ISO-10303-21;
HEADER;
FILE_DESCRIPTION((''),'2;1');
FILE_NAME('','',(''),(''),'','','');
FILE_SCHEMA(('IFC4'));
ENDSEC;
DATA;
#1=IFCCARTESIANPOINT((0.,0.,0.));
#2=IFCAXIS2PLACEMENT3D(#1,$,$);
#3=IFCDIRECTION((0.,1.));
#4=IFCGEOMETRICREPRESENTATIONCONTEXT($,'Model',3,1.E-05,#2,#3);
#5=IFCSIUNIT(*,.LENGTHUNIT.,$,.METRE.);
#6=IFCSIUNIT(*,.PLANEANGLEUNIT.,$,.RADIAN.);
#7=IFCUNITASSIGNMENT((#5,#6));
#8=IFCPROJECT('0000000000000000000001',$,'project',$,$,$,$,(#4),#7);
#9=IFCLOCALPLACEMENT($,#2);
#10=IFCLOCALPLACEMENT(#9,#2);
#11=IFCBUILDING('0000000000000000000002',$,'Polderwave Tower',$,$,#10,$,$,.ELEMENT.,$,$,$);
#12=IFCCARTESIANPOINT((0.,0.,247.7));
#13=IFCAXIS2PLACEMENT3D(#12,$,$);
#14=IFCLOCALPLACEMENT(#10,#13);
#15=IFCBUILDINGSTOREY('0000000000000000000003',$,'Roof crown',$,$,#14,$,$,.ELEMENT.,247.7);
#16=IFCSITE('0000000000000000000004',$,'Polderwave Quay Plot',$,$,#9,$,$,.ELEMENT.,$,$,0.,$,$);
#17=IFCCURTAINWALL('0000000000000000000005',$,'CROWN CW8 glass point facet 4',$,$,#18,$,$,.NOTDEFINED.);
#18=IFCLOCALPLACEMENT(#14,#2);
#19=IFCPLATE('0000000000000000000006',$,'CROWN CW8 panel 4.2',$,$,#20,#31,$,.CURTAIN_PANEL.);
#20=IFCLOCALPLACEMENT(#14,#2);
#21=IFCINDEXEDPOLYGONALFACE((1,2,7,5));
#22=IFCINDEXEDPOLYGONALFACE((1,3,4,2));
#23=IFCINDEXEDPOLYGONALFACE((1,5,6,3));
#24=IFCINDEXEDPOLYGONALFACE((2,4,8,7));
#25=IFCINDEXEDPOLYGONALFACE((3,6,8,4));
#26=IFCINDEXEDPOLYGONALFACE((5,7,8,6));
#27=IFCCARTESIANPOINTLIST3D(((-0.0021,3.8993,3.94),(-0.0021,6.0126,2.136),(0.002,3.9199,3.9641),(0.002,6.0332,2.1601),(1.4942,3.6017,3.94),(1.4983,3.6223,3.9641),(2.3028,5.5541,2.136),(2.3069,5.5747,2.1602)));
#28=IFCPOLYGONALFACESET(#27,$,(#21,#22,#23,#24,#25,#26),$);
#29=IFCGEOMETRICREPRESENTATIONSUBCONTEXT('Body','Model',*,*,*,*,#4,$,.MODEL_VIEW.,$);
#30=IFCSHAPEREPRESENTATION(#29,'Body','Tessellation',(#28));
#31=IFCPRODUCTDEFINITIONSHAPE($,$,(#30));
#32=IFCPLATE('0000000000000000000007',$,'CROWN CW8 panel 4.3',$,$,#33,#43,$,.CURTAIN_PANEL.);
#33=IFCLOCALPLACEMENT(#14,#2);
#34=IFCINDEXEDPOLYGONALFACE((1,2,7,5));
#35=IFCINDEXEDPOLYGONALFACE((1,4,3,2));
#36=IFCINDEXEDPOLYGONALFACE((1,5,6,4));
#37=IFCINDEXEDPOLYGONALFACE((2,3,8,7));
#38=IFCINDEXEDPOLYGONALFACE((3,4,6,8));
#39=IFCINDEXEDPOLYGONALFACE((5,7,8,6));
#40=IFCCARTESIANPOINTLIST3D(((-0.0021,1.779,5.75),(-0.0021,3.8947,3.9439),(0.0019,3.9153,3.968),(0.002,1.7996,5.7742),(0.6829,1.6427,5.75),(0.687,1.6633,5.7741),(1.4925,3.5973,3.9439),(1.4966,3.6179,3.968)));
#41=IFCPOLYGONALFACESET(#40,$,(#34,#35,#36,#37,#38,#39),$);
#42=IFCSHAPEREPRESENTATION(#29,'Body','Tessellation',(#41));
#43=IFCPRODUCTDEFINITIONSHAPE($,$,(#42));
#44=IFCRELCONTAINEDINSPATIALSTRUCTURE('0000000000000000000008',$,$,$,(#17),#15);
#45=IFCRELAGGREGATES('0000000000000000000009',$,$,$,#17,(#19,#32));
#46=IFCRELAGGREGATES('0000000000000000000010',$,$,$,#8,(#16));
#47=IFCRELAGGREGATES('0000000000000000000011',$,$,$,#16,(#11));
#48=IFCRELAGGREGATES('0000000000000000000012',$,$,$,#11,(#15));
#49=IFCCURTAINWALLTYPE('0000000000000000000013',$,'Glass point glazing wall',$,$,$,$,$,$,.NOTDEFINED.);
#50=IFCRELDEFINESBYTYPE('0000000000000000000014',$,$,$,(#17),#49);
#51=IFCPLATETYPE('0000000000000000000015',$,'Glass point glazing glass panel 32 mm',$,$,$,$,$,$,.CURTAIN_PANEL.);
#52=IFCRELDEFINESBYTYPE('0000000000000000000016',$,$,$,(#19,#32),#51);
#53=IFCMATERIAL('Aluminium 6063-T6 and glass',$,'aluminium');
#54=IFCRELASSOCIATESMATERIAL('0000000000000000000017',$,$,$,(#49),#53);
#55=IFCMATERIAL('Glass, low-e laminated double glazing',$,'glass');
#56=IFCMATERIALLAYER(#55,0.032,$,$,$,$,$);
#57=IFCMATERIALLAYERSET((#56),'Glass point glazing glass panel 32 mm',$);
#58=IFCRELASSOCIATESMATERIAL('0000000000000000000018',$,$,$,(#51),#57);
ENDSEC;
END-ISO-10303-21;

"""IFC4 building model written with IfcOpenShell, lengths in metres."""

from ifc_helpers import new_model, si_unit, direction, frame, origin, place, context, subcontext, project, spatial, polyline, outline, extrude, material, layer, layer_set, type_object, element, aggregate, save


model = new_model("IFC4")

# Units and contexts
model_context = context("Model", 3, precision=1e-05, world=origin(), true_north=direction((0.0, 1.0)))
body_context = subcontext(model_context, "Body", "Model", "MODEL_VIEW")
ifc_project = project(units=[si_unit("LENGTHUNIT", "METRE"), si_unit("PLANEANGLEUNIT", "RADIAN")], contexts=[model_context])

# Site, building, storey
site_placement = place(None, origin())
site = spatial("IfcSite", under=ifc_project, at=site_placement, Name="Polderwave Quay Plot", CompositionType="ELEMENT", RefElevation=0.0)
building_placement = place(site_placement, origin())
building = spatial("IfcBuilding", under=site, at=building_placement, Name="Polderwave Tower", CompositionType="ELEMENT")
storey_placement = place(building_placement, frame((0.0, 0.0, 247.7)))
storey = spatial("IfcBuildingStorey", under=building, at=storey_placement, Name="Roof crown", CompositionType="ELEMENT", Elevation=247.7)

# Curtain wall
ifc_material_1 = material(Name="Aluminium 6063-T6 and glass", Category="aluminium")
curtain_wall_type = type_object("IfcCurtainWallType", Name="Glass point glazing wall", PredefinedType="NOTDEFINED", material=ifc_material_1)
curtain_wall_1_placement = place(storey_placement, origin())
curtain_wall_1 = element("IfcCurtainWall", 1, at=curtain_wall_1_placement, inside=storey, type_object=curtain_wall_type, Name="CROWN CW8 glass point facet 4", PredefinedType="NOTDEFINED")

# Plates
ifc_material_2 = material(Name="Glass, low-e laminated double glazing", Category="glass")
ifc_layer_1 = layer(ifc_material_2, 0.032)
ifc_layer_set_1 = layer_set([ifc_layer_1], Name="Glass point glazing glass panel 32 mm")
plate_type_1 = type_object("IfcPlateType", Name="Glass point glazing glass panel 32 mm", PredefinedType="CURTAIN_PANEL", material=ifc_layer_set_1)
plate_1_placement = place(storey_placement, frame((2.3069, 5.5747, 2.1602), z_axis=(0.128078, 0.643906, 0.754308), x_axis=(-0.980785, 0.195092, -0.000005)))
plate_1 = element("IfcPlate", 2, at=plate_1_placement, type_object=plate_type_1, Name="CROWN CW8 panel 4.2", PredefinedType="CURTAIN_PANEL", context=body_context, shape_type="SweptSolid", body=[
    extrude(outline(polyline([(0.0, 0.0), (2.3501, 0.0), (1.9378, 2.7478), (0.4121, 2.7477), (0.0, 0.0)])), origin(), (0.0, 0.0, -1.0), 0.032),
])
plate_2_placement = place(storey_placement, frame((1.4966, 3.6179, 3.968), z_axis=(0.128094, 0.643931, 0.754284), x_axis=(-0.98078, 0.195118, -0.000014)))
plate_2 = element("IfcPlate", 3, at=plate_2_placement, type_object=plate_type_1, Name="CROWN CW8 panel 4.3", PredefinedType="CURTAIN_PANEL", context=body_context, shape_type="SweptSolid", body=[
    extrude(outline(polyline([(0.0, 0.0), (1.5239, 0.0), (1.1111, 2.751), (0.4126, 2.751), (0.0, 0.0)])), origin(), (0.0, 0.0, -1.0), 0.032),
])
aggregate(curtain_wall_1, [plate_1, plate_2])

save(model, "model.ifc")
